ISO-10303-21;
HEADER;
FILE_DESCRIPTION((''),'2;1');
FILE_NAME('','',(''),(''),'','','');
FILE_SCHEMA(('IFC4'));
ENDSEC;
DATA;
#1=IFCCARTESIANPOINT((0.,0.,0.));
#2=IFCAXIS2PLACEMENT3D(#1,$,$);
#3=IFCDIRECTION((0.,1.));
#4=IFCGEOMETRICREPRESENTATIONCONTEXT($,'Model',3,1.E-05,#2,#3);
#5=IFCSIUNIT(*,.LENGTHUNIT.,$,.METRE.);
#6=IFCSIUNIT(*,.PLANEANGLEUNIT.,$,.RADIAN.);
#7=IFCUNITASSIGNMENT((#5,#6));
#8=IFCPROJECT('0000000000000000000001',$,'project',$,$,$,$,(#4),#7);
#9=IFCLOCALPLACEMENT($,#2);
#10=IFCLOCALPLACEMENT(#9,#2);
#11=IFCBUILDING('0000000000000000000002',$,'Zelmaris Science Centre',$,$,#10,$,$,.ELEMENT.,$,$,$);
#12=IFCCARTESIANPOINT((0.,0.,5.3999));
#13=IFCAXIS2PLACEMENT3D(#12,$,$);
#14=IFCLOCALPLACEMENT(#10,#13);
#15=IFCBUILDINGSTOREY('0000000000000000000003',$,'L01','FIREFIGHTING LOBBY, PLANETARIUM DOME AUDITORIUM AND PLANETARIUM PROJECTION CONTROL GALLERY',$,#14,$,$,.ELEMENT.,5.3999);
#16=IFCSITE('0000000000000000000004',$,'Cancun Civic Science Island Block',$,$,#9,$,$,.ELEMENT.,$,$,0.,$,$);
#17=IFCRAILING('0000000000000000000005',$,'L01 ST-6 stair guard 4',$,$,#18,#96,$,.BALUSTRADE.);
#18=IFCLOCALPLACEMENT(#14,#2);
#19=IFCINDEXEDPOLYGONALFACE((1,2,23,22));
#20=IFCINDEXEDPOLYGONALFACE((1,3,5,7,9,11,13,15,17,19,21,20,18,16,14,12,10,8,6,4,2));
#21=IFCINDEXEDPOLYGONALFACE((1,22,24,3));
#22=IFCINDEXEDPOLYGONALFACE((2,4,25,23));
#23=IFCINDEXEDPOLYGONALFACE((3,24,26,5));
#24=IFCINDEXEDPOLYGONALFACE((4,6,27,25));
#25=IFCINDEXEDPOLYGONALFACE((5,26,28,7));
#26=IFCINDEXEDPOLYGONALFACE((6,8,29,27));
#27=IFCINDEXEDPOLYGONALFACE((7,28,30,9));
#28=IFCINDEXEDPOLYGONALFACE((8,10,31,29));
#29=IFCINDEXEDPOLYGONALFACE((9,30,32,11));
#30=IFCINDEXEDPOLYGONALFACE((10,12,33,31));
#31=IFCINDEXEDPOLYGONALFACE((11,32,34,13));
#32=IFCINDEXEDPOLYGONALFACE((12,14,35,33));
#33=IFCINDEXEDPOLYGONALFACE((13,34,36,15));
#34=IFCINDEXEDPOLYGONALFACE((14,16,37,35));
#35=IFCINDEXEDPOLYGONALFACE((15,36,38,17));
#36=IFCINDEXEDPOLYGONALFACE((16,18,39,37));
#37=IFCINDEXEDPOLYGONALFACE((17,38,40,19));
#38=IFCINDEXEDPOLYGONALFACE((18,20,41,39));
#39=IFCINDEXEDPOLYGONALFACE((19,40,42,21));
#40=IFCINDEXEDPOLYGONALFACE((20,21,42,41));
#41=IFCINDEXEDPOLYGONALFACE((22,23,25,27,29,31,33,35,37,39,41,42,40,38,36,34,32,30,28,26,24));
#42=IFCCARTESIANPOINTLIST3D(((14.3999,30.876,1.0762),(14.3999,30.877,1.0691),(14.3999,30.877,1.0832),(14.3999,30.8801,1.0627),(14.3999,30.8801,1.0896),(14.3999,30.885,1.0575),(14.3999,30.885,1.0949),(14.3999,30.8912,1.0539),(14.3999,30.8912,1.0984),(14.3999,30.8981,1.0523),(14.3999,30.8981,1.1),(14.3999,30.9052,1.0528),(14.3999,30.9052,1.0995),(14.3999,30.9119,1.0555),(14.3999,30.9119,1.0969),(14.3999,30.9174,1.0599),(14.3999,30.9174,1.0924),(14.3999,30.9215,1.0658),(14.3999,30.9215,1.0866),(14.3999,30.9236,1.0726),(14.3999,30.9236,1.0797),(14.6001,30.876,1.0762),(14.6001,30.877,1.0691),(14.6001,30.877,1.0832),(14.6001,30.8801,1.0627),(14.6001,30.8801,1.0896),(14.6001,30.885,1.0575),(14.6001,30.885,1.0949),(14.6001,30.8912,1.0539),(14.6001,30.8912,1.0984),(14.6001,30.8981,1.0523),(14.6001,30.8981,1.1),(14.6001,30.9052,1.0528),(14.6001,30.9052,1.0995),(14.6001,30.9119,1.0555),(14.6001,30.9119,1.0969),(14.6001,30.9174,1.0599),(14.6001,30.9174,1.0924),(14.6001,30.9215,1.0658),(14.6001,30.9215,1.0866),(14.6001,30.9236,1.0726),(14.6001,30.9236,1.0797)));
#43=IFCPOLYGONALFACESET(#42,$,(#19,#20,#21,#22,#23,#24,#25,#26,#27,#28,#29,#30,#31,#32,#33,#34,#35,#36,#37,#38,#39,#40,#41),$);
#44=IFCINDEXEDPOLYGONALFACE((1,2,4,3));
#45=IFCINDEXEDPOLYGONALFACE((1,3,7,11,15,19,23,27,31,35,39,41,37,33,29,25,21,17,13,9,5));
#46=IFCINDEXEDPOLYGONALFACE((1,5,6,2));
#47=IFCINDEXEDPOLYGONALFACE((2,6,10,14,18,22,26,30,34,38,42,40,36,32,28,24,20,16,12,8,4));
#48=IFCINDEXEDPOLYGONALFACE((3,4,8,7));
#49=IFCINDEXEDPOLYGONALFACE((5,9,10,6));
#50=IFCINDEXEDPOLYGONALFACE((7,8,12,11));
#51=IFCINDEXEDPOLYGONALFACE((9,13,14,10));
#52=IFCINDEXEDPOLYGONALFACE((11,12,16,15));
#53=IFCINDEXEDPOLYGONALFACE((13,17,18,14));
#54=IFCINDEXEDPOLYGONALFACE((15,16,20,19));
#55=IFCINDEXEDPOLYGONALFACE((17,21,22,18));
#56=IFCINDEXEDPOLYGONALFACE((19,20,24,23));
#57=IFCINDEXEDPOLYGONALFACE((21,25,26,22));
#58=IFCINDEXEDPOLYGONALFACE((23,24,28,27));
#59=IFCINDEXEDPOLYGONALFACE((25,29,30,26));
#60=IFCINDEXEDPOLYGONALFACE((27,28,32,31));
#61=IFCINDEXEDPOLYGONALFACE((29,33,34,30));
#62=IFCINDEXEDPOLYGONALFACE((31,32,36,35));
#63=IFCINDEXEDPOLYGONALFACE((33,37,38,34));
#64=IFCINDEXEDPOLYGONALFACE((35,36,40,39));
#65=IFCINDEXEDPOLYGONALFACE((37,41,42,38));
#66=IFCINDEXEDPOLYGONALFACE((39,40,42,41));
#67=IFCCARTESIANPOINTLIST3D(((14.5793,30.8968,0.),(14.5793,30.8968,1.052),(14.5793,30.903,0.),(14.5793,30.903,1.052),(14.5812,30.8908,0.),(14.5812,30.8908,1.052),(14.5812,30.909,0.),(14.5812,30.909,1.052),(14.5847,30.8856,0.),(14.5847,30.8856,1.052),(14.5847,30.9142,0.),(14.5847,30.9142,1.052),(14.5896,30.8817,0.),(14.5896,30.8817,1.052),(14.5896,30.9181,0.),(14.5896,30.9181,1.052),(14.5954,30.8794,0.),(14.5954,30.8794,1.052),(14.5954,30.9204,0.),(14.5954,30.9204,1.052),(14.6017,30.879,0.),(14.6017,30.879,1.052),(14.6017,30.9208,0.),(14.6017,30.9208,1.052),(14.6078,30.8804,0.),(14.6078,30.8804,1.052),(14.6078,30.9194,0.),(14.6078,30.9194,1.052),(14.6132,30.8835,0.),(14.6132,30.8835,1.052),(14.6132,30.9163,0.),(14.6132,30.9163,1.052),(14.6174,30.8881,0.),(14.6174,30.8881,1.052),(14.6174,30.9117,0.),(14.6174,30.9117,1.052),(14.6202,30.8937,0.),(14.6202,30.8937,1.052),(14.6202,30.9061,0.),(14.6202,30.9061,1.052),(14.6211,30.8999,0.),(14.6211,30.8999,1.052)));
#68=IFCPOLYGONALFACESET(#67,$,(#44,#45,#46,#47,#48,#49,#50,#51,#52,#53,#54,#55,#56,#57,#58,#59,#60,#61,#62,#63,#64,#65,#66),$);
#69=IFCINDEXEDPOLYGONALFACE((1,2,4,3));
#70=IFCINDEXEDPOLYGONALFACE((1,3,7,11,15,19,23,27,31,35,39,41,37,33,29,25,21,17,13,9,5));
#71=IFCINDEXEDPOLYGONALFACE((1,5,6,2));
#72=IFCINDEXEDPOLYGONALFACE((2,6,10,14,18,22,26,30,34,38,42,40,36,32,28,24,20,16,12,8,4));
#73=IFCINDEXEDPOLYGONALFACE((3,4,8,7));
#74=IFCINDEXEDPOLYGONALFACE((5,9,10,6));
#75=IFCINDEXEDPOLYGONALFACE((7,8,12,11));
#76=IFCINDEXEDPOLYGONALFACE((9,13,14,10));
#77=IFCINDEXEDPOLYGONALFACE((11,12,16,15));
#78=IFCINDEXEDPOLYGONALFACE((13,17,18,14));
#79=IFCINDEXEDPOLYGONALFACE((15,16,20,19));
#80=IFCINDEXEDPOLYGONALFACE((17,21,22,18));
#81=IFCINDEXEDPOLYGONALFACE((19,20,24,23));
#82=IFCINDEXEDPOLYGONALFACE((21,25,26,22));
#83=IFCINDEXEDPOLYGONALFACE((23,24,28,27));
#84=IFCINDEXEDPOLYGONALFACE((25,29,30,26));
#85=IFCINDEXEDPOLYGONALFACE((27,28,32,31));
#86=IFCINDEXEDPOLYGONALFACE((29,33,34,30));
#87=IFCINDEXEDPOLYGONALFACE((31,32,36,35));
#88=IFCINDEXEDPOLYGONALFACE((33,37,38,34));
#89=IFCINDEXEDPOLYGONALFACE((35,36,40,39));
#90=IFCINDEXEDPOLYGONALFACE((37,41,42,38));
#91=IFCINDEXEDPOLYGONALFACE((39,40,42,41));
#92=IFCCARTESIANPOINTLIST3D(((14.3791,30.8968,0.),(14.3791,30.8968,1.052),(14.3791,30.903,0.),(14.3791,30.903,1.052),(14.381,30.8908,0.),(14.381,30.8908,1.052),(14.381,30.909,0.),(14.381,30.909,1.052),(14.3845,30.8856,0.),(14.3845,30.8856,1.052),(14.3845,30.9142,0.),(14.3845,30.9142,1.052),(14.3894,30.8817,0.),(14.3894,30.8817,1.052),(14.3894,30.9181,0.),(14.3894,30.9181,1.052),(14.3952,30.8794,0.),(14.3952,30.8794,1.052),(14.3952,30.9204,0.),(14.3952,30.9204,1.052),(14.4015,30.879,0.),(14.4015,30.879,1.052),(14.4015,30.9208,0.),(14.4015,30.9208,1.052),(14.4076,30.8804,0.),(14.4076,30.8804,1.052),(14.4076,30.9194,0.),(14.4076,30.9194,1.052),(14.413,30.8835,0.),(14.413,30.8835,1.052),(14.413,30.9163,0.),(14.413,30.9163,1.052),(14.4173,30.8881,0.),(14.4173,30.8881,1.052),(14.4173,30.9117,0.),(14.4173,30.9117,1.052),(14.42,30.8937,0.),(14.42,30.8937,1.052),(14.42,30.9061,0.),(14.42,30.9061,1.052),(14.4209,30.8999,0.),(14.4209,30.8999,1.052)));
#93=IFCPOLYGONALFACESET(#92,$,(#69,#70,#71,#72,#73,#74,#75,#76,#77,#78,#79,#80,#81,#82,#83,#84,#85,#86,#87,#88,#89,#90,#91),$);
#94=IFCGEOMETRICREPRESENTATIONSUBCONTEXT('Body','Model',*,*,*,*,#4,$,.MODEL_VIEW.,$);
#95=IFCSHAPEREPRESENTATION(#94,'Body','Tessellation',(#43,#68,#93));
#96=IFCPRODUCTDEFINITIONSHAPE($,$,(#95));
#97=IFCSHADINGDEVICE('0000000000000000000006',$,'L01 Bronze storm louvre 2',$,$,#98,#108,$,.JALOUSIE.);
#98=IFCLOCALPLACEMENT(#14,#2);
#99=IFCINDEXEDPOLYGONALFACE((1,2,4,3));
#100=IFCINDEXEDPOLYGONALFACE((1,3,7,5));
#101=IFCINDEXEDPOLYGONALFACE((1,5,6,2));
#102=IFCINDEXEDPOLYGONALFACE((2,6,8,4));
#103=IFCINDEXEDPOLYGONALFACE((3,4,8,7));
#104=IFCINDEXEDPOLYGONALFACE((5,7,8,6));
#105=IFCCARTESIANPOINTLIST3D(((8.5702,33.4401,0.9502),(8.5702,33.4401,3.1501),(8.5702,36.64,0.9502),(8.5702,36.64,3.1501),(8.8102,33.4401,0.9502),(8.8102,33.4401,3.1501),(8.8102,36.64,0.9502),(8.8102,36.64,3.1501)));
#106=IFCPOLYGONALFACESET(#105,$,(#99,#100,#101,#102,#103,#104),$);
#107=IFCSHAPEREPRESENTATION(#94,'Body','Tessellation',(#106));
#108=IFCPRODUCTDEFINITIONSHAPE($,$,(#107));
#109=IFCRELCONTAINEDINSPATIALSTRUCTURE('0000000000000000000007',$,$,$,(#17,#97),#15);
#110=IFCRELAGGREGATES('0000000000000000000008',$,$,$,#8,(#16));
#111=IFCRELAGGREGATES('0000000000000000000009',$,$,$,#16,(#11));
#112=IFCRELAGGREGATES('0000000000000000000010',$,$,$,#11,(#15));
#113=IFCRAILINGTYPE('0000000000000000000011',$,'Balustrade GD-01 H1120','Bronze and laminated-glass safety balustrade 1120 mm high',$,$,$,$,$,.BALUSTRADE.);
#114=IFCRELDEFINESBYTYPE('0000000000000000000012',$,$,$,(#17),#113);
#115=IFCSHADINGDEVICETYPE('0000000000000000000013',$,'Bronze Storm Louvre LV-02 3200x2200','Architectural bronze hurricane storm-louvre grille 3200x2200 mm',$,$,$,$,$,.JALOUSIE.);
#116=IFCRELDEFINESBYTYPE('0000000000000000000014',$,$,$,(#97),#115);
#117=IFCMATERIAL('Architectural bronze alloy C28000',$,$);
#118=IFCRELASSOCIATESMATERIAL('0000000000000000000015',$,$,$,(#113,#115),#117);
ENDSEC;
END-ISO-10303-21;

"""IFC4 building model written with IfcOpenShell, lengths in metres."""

from ifc_helpers import new_model, si_unit, direction, frame, frame_2d, origin, origin_2d, place, context, subcontext, project, spatial, rectangle, circle, extrude, material, type_object, element, save


model = new_model("IFC4")

# Units and contexts
model_context = context("Model", 3, precision=1e-05, world=origin(), true_north=direction((0.0, 1.0)))
body_context = subcontext(model_context, "Body", "Model", "MODEL_VIEW")
ifc_project = project(units=[si_unit("LENGTHUNIT", "METRE"), si_unit("PLANEANGLEUNIT", "RADIAN")], contexts=[model_context])

# Site, building, storey
site_placement = place(None, origin())
site = spatial("IfcSite", under=ifc_project, at=site_placement, Name="Cancun Civic Science Island Block", CompositionType="ELEMENT", RefElevation=0.0)
building_placement = place(site_placement, origin())
building = spatial("IfcBuilding", under=site, at=building_placement, Name="Zelmaris Science Centre", CompositionType="ELEMENT")
storey_placement = place(building_placement, frame((0.0, 0.0, 5.3999)))
storey = spatial("IfcBuildingStorey", under=building, at=storey_placement, Name="L01", Description="FIREFIGHTING LOBBY, PLANETARIUM DOME AUDITORIUM AND PLANETARIUM PROJECTION CONTROL GALLERY", CompositionType="ELEMENT", Elevation=5.3999)

# Railing
ifc_material_1 = material(Name="Architectural bronze alloy C28000")
railing_type_1 = type_object("IfcRailingType", Name="Balustrade GD-01 H1120", Description="Bronze and laminated-glass safety balustrade 1120 mm high", PredefinedType="BALUSTRADE", material=ifc_material_1)
railing_1_placement = place(storey_placement, frame((14.6001, 30.8999, 0.0)))
element("IfcRailing", 1, at=railing_1_placement, inside=storey, type_object=railing_type_1, Name="L01 ST-6 stair guard 4", PredefinedType="BALUSTRADE", context=body_context, shape_type="SweptSolid", body=[
    extrude(circle(Radius=0.0239, at=origin_2d()), frame((0.0, 0.0, 1.0762), z_axis=(-1.0, 0.0, 0.0), x_axis=(0.0, -1.0, 0.0)), (0.0, 0.0, 1.0), 0.2002),
    extrude(circle(Radius=0.021, at=origin_2d()), origin(), (0.0, 0.0, 1.0), 1.052),
    extrude(circle(Radius=0.021, at=origin_2d()), frame((-0.2002, 0.0, 0.0)), (0.0, 0.0, 1.0), 1.052),
])

# Shading device
shading_device_type = type_object("IfcShadingDeviceType", Name="Bronze Storm Louvre LV-02 3200x2200", Description="Architectural bronze hurricane storm-louvre grille 3200x2200 mm", PredefinedType="JALOUSIE", material=ifc_material_1)
shading_device_placement = place(storey_placement, frame((8.6902, 33.4399, 0.9502), z_axis=(0.0, 0.0, 1.0), x_axis=(0.0, 1.0, 0.0)))
element("IfcShadingDevice", 2, at=shading_device_placement, inside=storey, type_object=shading_device_type, Name="L01 Bronze storm louvre 2", PredefinedType="JALOUSIE", context=body_context, shape_type="SweptSolid", body=[
    extrude(rectangle(XDim=3.2, YDim=0.24, at=frame_2d((1.6001, 0.0))), origin(), (0.0, 0.0, 1.0), 2.2),
])

save(model, "model.ifc")
